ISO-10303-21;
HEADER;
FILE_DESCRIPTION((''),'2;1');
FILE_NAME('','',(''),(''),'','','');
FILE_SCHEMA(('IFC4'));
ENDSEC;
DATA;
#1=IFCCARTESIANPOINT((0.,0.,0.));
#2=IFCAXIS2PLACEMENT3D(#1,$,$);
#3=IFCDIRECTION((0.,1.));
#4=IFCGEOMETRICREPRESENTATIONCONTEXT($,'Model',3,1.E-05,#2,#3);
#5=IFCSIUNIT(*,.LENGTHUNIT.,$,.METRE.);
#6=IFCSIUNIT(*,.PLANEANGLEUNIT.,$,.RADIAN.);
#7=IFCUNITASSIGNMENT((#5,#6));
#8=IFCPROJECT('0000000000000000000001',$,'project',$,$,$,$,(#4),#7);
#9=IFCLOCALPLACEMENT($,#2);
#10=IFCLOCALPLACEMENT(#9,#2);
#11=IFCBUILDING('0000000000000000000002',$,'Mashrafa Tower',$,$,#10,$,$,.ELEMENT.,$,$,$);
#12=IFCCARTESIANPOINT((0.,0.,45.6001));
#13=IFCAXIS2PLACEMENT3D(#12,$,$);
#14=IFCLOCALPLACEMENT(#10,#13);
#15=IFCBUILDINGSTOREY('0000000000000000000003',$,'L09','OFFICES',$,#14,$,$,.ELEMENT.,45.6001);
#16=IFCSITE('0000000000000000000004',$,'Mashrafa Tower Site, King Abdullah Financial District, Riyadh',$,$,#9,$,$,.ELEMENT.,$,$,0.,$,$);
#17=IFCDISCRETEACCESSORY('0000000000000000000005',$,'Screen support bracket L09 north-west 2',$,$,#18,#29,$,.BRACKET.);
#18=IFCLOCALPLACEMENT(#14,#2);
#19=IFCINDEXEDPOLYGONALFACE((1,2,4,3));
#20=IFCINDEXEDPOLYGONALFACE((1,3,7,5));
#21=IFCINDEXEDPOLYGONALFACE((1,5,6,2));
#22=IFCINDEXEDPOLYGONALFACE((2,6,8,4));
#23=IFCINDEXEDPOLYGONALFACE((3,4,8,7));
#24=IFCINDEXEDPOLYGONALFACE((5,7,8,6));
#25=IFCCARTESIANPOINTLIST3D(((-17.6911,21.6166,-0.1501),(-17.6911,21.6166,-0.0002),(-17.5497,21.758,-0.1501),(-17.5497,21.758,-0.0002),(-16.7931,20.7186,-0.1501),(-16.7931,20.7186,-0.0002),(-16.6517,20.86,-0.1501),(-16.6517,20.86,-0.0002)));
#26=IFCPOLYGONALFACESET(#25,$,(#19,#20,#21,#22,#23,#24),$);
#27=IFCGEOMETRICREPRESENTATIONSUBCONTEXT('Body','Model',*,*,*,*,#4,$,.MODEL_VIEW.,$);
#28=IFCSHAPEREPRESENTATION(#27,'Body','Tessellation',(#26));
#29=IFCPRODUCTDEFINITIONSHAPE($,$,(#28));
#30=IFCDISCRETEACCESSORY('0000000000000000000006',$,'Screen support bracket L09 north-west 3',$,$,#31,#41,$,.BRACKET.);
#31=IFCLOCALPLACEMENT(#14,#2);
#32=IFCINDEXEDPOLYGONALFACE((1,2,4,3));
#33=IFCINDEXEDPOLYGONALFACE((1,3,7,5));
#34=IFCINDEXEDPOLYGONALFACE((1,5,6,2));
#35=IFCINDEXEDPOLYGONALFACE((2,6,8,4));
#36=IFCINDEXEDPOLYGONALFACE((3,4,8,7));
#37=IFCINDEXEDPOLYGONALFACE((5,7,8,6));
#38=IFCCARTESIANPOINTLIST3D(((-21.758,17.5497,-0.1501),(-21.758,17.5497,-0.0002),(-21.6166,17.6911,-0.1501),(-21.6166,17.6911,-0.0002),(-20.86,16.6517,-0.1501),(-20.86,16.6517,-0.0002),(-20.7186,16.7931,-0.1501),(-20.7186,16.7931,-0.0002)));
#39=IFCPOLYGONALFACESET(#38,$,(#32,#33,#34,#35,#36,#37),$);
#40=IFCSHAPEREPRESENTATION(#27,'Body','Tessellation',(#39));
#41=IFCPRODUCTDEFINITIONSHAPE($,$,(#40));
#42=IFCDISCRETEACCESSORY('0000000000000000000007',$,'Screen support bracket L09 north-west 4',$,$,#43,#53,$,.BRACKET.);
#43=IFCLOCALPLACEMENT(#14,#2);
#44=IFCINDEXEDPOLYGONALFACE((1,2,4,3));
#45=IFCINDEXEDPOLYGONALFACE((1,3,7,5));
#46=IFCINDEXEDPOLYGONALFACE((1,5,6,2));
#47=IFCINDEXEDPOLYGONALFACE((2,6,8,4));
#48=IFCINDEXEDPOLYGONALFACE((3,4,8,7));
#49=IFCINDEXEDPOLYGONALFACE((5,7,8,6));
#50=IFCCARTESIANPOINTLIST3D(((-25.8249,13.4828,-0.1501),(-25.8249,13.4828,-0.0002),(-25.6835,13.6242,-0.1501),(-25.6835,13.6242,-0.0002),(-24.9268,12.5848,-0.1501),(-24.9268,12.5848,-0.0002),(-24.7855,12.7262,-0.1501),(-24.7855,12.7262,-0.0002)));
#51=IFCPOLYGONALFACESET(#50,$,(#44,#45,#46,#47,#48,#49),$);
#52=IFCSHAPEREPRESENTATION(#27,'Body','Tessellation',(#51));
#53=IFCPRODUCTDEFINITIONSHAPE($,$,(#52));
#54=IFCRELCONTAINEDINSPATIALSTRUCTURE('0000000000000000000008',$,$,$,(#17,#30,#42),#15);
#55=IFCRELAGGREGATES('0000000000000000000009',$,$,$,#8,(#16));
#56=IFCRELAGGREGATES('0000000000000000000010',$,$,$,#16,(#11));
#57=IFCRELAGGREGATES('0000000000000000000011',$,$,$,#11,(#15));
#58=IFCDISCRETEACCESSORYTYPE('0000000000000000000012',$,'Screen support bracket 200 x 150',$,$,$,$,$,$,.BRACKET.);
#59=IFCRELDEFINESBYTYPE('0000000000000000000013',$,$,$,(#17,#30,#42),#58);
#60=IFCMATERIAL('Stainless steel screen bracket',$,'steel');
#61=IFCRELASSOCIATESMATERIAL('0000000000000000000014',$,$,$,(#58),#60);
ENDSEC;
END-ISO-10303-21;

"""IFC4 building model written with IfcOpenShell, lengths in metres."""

from ifc_helpers import new_model, si_unit, direction, frame, origin, origin_2d, place, context, subcontext, project, spatial, rectangle, extrude, source, transform, mapped, material, type_object, type_shapes, element, save


model = new_model("IFC4")

# Units and contexts
model_context = context("Model", 3, precision=1e-05, world=origin(), true_north=direction((0.0, 1.0)))
body_context = subcontext(model_context, "Body", "Model", "MODEL_VIEW")
ifc_project = project(units=[si_unit("LENGTHUNIT", "METRE"), si_unit("PLANEANGLEUNIT", "RADIAN")], contexts=[model_context])

# Site, building, storey
site_placement = place(None, origin())
site = spatial("IfcSite", under=ifc_project, at=site_placement, Name="Mashrafa Tower Site, King Abdullah Financial District, Riyadh", CompositionType="ELEMENT", RefElevation=0.0)
building_placement = place(site_placement, origin())
building = spatial("IfcBuilding", under=site, at=building_placement, Name="Mashrafa Tower", CompositionType="ELEMENT")
storey_placement = place(building_placement, frame((0.0, 0.0, 45.6001)))
storey = spatial("IfcBuildingStorey", under=building, at=storey_placement, Name="L09", Description="OFFICES", CompositionType="ELEMENT", Elevation=45.6001)

# Discrete accessories
ifc_material_1 = material(Name="Stainless steel screen bracket", Category="steel")
discrete_accessory_type = type_object("IfcDiscreteAccessoryType", Name="Screen support bracket 200 x 150", PredefinedType="BRACKET", material=ifc_material_1)
shared_shape_1 = source(origin(), body_context, "Body", "SweptSolid", [
    extrude(rectangle(XDim=0.2, YDim=1.27, at=origin_2d()), origin(), (0.0, 0.0, 1.0), 0.1499),
])
type_shapes(discrete_accessory_type, [shared_shape_1])
for number, where, z_axis, x_axis, name in (
    (1, (-17.1714, 21.2383, -0.1501), (0.0, 0.0, 1.0), (-0.707107, -0.707107, 0.0), "Screen support bracket L09 north-west 2"),
    (2, (-21.2383, 17.1714, -0.1501), (0.0, 0.0, 1.0), (-0.707107, -0.707107, 0.0), "Screen support bracket L09 north-west 3"),
    (3, (-25.3052, 13.1045, -0.1501), (0.0, 0.0, 1.0), (-0.707107, -0.707107, 0.0), "Screen support bracket L09 north-west 4"),
):
    element("IfcDiscreteAccessory", number, at=place(storey_placement, frame(where, z_axis=z_axis, x_axis=x_axis)), inside=storey, type_object=discrete_accessory_type, Name=name, PredefinedType="BRACKET", context=body_context, shape_type="MappedRepresentation", body=[
        mapped(shared_shape_1, transform((0.0, 0.0, 0.0))),
    ])

save(model, "model.ifc")
